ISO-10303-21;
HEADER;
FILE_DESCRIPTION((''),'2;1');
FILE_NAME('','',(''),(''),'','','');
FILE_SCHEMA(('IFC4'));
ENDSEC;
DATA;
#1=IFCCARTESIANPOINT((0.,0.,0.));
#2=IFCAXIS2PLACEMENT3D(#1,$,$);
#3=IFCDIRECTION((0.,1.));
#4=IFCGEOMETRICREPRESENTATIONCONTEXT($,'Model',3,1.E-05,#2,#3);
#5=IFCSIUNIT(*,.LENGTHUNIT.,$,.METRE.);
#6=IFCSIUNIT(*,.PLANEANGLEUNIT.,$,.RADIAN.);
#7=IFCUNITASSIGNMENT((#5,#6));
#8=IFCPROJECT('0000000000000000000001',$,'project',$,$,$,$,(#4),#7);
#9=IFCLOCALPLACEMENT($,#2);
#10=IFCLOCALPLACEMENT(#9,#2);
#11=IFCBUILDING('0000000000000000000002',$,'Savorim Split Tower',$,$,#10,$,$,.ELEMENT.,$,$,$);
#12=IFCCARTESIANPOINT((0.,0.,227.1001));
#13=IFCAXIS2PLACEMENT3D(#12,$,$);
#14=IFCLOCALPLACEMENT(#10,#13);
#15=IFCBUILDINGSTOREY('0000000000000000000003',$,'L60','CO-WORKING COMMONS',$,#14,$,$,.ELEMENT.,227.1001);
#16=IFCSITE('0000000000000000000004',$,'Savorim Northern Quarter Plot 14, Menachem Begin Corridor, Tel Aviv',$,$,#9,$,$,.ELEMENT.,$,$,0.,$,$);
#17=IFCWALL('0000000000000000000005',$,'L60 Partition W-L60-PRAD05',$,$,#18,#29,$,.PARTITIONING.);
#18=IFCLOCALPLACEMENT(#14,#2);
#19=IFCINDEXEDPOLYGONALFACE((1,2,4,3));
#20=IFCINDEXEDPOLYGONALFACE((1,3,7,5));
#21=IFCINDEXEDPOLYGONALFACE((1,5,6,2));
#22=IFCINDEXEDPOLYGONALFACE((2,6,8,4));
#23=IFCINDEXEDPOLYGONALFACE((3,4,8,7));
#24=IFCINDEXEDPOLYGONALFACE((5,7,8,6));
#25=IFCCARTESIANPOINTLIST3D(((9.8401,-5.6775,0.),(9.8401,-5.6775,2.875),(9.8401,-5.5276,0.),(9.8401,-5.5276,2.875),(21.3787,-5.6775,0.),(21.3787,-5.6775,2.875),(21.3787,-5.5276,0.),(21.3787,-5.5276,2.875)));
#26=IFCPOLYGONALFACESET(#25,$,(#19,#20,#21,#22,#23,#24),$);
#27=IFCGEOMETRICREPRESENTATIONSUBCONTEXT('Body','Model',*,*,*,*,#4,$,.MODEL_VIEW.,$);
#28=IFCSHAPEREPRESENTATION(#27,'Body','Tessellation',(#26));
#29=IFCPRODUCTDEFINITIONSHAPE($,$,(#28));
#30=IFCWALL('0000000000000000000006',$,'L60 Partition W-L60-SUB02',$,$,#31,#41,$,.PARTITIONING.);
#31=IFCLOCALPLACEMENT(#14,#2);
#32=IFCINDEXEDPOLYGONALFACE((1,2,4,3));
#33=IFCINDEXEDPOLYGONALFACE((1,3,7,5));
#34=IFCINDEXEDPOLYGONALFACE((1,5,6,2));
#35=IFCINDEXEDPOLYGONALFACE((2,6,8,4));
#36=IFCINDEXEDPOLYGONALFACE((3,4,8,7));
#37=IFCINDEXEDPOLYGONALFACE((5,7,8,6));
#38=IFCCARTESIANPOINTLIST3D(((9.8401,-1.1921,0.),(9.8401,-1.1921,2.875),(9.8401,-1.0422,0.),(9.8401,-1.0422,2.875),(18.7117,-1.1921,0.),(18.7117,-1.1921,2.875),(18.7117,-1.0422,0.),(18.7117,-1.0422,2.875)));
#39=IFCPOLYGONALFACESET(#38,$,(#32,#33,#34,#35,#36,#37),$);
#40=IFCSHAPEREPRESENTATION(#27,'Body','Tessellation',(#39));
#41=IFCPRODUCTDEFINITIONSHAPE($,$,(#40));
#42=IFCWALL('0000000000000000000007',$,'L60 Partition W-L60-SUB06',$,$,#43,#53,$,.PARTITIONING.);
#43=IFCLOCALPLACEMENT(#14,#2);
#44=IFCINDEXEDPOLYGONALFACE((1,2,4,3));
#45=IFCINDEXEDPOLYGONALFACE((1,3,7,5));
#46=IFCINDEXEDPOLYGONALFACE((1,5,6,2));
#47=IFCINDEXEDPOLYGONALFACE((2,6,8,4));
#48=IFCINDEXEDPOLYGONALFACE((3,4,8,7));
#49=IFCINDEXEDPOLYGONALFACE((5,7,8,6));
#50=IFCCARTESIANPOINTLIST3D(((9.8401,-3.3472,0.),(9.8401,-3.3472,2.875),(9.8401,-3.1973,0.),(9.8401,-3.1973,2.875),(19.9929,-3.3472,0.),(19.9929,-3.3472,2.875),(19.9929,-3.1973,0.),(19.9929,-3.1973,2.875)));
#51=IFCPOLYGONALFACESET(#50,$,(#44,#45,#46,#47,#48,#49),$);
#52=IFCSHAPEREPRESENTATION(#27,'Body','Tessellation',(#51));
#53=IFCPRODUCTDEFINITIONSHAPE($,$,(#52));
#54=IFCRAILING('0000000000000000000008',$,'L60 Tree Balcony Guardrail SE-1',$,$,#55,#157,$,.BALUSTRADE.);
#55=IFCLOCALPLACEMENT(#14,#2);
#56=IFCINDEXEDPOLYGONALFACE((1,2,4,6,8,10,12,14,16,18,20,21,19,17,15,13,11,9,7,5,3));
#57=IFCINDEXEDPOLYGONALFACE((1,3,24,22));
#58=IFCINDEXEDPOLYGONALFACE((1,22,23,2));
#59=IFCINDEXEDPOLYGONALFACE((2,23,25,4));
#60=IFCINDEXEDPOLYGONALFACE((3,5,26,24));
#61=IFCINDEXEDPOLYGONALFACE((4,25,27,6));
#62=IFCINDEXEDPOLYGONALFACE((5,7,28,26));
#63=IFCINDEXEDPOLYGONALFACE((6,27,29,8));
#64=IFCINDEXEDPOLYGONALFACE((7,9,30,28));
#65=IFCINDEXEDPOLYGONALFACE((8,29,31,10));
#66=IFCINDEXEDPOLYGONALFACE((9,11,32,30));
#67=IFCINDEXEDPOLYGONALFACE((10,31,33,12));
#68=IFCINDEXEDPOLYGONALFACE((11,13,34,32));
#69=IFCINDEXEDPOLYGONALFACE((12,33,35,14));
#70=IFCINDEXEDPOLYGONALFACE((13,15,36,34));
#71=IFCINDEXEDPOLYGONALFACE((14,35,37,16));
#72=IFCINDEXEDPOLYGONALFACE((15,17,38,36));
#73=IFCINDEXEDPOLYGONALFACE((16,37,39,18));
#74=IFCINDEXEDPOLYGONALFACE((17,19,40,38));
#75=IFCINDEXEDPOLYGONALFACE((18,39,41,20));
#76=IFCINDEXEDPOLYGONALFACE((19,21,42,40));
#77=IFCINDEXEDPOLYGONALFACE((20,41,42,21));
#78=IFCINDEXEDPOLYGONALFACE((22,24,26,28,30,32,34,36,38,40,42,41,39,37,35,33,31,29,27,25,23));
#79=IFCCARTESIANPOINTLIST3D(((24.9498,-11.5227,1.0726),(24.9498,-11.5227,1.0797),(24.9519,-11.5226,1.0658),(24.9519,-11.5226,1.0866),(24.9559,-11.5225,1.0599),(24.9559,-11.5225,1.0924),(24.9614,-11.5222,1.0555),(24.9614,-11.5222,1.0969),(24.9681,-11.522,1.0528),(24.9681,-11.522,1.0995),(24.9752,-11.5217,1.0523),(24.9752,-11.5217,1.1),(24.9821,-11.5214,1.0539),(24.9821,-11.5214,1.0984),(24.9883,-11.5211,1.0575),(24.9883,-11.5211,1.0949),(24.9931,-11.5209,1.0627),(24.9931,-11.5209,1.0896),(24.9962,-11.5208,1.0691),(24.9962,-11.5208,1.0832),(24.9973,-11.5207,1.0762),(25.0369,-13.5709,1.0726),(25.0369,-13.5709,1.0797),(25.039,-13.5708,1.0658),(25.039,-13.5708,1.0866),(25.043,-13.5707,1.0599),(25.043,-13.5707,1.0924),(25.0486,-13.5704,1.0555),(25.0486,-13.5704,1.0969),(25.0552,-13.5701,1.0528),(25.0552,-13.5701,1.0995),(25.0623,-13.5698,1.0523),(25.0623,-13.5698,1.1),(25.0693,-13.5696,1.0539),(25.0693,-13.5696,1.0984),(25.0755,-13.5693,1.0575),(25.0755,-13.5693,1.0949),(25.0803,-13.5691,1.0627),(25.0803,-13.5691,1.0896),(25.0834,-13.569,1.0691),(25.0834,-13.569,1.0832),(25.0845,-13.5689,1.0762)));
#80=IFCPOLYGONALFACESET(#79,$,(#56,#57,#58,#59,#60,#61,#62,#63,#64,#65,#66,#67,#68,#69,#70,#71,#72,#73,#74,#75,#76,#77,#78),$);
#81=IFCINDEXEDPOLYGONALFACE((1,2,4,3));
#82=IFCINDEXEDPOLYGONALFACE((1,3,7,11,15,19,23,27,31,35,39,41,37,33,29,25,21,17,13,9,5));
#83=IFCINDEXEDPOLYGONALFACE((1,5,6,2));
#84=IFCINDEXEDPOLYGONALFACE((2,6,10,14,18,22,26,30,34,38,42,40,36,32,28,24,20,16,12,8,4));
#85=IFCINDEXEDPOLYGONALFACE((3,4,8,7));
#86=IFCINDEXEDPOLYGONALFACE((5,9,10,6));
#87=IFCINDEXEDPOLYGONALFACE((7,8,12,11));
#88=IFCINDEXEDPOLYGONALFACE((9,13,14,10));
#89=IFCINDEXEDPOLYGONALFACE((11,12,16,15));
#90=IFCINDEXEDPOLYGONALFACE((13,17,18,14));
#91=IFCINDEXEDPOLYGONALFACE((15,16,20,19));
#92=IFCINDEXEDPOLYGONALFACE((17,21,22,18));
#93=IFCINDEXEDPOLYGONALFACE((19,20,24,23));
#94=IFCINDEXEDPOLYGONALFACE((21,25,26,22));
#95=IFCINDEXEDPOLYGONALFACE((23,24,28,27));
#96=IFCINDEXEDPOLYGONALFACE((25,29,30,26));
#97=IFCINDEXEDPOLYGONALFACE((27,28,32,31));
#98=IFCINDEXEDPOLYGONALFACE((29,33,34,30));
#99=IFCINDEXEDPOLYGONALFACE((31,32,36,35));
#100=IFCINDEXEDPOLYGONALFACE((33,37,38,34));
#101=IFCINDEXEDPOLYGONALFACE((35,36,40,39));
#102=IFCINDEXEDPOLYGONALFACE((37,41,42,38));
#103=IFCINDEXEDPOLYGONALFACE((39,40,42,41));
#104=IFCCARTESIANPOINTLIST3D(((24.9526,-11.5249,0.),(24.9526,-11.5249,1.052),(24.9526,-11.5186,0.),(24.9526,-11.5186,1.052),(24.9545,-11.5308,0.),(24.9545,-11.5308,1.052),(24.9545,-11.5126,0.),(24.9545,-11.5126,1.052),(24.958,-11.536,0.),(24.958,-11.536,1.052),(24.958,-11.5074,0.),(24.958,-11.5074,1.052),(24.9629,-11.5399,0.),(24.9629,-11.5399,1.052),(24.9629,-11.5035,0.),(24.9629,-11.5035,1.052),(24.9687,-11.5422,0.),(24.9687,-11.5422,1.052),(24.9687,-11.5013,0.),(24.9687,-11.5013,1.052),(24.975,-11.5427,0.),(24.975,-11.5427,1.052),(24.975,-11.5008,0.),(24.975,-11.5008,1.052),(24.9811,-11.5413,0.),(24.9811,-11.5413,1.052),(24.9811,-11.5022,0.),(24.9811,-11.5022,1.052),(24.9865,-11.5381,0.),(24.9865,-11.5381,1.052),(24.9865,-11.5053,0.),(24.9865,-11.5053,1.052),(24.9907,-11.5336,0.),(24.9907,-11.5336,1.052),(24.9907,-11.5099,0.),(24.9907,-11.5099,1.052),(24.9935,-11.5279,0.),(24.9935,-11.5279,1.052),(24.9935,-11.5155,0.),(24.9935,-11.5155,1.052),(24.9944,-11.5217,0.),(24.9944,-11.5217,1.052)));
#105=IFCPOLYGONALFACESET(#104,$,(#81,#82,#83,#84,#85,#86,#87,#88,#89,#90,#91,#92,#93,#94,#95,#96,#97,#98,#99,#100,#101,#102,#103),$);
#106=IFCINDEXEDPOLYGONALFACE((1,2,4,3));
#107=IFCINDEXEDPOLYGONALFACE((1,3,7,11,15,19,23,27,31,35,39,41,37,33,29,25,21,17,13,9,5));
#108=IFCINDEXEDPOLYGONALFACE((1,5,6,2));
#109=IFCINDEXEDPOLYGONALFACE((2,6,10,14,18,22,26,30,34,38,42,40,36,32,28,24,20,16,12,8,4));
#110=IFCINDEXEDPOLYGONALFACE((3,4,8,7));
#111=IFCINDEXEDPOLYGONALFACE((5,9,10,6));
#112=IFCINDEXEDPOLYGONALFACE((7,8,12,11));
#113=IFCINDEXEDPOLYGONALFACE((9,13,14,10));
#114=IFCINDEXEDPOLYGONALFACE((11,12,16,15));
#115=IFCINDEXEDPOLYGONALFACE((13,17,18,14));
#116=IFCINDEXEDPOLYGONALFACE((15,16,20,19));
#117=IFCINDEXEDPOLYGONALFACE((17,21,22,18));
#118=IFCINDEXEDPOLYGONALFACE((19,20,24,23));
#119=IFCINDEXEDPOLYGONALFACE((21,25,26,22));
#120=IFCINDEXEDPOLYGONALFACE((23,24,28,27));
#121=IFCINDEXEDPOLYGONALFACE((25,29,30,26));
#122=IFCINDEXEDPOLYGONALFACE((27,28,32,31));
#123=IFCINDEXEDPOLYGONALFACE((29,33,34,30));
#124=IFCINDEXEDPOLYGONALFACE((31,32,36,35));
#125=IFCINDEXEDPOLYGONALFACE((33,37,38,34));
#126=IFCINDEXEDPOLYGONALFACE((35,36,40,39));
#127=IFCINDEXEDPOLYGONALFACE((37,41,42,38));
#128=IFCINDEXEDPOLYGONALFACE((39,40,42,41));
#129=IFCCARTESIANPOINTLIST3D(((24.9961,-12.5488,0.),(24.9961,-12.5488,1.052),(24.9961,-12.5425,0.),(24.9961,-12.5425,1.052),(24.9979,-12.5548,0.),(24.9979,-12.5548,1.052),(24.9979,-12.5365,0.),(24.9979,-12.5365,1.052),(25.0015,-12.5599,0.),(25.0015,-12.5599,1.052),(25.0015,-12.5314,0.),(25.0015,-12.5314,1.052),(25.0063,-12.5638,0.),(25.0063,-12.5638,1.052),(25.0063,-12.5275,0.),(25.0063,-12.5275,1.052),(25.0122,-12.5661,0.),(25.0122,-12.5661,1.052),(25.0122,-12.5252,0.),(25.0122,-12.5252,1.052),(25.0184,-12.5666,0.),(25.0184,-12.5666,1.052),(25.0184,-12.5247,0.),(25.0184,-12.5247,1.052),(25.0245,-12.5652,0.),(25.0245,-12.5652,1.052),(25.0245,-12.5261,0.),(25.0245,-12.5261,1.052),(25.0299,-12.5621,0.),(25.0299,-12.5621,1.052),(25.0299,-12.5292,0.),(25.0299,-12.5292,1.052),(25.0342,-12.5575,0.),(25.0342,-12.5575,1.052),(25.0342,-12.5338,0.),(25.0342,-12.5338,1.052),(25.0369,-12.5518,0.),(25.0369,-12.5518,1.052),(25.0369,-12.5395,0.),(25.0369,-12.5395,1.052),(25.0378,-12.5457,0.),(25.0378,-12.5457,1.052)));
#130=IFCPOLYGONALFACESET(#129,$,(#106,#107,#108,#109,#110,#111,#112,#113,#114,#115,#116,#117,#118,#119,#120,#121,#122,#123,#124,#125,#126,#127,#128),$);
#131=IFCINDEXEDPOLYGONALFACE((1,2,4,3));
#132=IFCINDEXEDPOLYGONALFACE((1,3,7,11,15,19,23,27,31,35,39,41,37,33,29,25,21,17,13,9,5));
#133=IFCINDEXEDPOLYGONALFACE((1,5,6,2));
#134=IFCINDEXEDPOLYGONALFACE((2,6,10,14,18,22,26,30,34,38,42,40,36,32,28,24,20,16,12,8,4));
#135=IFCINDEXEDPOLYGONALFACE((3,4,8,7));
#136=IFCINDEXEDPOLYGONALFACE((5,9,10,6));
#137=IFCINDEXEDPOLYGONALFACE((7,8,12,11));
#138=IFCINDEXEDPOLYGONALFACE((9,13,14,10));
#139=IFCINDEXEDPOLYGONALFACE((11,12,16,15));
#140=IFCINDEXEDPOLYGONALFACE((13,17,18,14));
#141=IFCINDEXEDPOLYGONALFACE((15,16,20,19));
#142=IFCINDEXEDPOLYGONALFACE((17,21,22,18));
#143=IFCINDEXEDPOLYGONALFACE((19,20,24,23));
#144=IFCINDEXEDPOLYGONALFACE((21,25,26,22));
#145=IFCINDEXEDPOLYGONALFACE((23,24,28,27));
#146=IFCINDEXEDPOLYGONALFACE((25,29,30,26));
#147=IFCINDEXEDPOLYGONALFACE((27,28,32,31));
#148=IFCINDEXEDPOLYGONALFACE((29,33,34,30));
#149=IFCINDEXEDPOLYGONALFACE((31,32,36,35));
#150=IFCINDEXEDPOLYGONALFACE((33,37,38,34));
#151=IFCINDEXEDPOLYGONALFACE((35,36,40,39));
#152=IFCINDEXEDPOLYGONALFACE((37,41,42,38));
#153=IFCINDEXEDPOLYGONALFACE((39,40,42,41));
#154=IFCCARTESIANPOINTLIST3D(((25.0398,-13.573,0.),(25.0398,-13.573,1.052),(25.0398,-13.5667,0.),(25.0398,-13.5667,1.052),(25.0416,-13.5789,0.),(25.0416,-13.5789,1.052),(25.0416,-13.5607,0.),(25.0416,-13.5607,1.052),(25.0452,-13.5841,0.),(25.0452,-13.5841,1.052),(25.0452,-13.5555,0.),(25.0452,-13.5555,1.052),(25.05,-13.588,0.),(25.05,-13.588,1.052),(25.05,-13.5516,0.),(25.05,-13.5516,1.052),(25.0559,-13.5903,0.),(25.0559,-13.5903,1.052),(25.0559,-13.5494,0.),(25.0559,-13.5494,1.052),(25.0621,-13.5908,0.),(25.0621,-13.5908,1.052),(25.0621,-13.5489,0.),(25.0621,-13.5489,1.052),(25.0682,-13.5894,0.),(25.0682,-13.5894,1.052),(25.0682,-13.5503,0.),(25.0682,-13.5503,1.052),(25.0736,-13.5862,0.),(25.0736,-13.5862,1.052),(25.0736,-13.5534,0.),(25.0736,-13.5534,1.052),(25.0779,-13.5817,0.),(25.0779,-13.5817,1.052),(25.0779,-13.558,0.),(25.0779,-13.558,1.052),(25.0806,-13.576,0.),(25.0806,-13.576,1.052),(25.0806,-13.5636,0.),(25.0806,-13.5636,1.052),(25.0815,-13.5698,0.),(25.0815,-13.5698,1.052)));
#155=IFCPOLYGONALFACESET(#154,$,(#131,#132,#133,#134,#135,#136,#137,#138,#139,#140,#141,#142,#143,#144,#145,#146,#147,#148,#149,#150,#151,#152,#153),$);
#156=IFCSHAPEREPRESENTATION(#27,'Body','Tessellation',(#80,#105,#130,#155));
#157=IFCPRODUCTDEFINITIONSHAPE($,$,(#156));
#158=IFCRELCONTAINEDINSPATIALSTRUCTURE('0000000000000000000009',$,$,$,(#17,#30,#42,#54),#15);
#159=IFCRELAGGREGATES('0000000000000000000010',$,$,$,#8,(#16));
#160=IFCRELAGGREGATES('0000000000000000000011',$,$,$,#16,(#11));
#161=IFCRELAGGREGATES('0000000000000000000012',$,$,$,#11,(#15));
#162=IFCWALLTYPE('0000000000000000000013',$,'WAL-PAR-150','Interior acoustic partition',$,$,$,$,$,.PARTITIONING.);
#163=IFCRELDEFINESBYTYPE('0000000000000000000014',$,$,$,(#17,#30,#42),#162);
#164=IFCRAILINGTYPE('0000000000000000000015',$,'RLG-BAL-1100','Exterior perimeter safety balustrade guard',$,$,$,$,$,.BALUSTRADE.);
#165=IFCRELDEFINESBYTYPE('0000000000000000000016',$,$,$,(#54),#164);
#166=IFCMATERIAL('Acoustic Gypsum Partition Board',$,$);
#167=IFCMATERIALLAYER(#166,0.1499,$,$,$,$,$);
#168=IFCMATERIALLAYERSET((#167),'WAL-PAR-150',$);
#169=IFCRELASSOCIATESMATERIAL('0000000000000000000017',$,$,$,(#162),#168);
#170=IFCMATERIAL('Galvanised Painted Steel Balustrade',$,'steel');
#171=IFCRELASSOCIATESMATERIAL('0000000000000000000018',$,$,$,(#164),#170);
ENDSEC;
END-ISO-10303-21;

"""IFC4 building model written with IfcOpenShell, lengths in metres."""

from ifc_helpers import new_model, si_unit, direction, frame, frame_2d, origin, origin_2d, place, context, subcontext, project, spatial, rectangle, circle, extrude, material, layer, layer_set, type_object, element, save


model = new_model("IFC4")

# Units and contexts
model_context = context("Model", 3, precision=1e-05, world=origin(), true_north=direction((0.0, 1.0)))
body_context = subcontext(model_context, "Body", "Model", "MODEL_VIEW")
ifc_project = project(units=[si_unit("LENGTHUNIT", "METRE"), si_unit("PLANEANGLEUNIT", "RADIAN")], contexts=[model_context])

# Site, building, storey
site_placement = place(None, origin())
site = spatial("IfcSite", under=ifc_project, at=site_placement, Name="Savorim Northern Quarter Plot 14, Menachem Begin Corridor, Tel Aviv", CompositionType="ELEMENT", RefElevation=0.0)
building_placement = place(site_placement, origin())
building = spatial("IfcBuilding", under=site, at=building_placement, Name="Savorim Split Tower", CompositionType="ELEMENT")
storey_placement = place(building_placement, frame((0.0, 0.0, 227.1001)))
storey = spatial("IfcBuildingStorey", under=building, at=storey_placement, Name="L60", Description="CO-WORKING COMMONS", CompositionType="ELEMENT", Elevation=227.1001)

# Walls
ifc_material_1 = material(Name="Acoustic Gypsum Partition Board")
ifc_layer_1 = layer(ifc_material_1, 0.1499)
ifc_layer_set_1 = layer_set([ifc_layer_1], Name="WAL-PAR-150")
wall_type_1 = type_object("IfcWallType", Name="WAL-PAR-150", Description="Interior acoustic partition", PredefinedType="PARTITIONING", material=ifc_layer_set_1)
wall_1_placement = place(storey_placement, frame((9.8401, -5.6025, 0.0), z_axis=(0.0, 0.0, 1.0), x_axis=(1.0, 0.0, 0.0)))
element("IfcWall", 1, at=wall_1_placement, inside=storey, type_object=wall_type_1, Name="L60 Partition W-L60-PRAD05", PredefinedType="PARTITIONING", context=body_context, shape_type="SweptSolid", body=[
    extrude(rectangle(XDim=11.5386, YDim=0.1499, at=frame_2d((5.7693, 0.0))), origin(), (0.0, 0.0, 1.0), 2.875),
])
wall_2_placement = place(storey_placement, frame((9.8401, -1.1172, 0.0), z_axis=(0.0, 0.0, 1.0), x_axis=(1.0, 0.0, 0.0)))
element("IfcWall", 2, at=wall_2_placement, inside=storey, type_object=wall_type_1, Name="L60 Partition W-L60-SUB02", PredefinedType="PARTITIONING", context=body_context, shape_type="SweptSolid", body=[
    extrude(rectangle(XDim=8.8716, YDim=0.1499, at=frame_2d((4.4358, 0.0))), origin(), (0.0, 0.0, 1.0), 2.875),
])
wall_3_placement = place(storey_placement, frame((9.8401, -3.2722, 0.0), z_axis=(0.0, 0.0, 1.0), x_axis=(1.0, 0.0, 0.0)))
element("IfcWall", 3, at=wall_3_placement, inside=storey, type_object=wall_type_1, Name="L60 Partition W-L60-SUB06", PredefinedType="PARTITIONING", context=body_context, shape_type="SweptSolid", body=[
    extrude(rectangle(XDim=10.1528, YDim=0.1499, at=frame_2d((5.0764, 0.0))), origin(), (0.0, 0.0, 1.0), 2.875),
])

# Railing
ifc_material_2 = material(Name="Galvanised Painted Steel Balustrade", Category="steel")
railing_type = type_object("IfcRailingType", Name="RLG-BAL-1100", Description="Exterior perimeter safety balustrade guard", PredefinedType="BALUSTRADE", material=ifc_material_2)
railing_1_placement = place(storey_placement, frame((24.9734, -11.5217, 0.0)))
element("IfcRailing", 4, at=railing_1_placement, inside=storey, type_object=railing_type, Name="L60 Tree Balcony Guardrail SE-1", PredefinedType="BALUSTRADE", context=body_context, shape_type="SweptSolid", body=[
    extrude(circle(Radius=0.0239, at=origin_2d()), frame((0.0, 0.0, 1.0762), z_axis=(0.042517, -0.999096, 0.0), x_axis=(0.999096, 0.042517, 0.0)), (0.0, 0.0, 1.0), 2.05),
    extrude(circle(Radius=0.021, at=origin_2d()), origin(), (0.0, 0.0, 1.0), 1.052),
    extrude(circle(Radius=0.021, at=origin_2d()), frame((0.0435, -1.0239, 0.0)), (0.0, 0.0, 1.0), 1.052),
    extrude(circle(Radius=0.021, at=origin_2d()), frame((0.0872, -2.0481, 0.0)), (0.0, 0.0, 1.0), 1.052),
])

save(model, "model.ifc")
